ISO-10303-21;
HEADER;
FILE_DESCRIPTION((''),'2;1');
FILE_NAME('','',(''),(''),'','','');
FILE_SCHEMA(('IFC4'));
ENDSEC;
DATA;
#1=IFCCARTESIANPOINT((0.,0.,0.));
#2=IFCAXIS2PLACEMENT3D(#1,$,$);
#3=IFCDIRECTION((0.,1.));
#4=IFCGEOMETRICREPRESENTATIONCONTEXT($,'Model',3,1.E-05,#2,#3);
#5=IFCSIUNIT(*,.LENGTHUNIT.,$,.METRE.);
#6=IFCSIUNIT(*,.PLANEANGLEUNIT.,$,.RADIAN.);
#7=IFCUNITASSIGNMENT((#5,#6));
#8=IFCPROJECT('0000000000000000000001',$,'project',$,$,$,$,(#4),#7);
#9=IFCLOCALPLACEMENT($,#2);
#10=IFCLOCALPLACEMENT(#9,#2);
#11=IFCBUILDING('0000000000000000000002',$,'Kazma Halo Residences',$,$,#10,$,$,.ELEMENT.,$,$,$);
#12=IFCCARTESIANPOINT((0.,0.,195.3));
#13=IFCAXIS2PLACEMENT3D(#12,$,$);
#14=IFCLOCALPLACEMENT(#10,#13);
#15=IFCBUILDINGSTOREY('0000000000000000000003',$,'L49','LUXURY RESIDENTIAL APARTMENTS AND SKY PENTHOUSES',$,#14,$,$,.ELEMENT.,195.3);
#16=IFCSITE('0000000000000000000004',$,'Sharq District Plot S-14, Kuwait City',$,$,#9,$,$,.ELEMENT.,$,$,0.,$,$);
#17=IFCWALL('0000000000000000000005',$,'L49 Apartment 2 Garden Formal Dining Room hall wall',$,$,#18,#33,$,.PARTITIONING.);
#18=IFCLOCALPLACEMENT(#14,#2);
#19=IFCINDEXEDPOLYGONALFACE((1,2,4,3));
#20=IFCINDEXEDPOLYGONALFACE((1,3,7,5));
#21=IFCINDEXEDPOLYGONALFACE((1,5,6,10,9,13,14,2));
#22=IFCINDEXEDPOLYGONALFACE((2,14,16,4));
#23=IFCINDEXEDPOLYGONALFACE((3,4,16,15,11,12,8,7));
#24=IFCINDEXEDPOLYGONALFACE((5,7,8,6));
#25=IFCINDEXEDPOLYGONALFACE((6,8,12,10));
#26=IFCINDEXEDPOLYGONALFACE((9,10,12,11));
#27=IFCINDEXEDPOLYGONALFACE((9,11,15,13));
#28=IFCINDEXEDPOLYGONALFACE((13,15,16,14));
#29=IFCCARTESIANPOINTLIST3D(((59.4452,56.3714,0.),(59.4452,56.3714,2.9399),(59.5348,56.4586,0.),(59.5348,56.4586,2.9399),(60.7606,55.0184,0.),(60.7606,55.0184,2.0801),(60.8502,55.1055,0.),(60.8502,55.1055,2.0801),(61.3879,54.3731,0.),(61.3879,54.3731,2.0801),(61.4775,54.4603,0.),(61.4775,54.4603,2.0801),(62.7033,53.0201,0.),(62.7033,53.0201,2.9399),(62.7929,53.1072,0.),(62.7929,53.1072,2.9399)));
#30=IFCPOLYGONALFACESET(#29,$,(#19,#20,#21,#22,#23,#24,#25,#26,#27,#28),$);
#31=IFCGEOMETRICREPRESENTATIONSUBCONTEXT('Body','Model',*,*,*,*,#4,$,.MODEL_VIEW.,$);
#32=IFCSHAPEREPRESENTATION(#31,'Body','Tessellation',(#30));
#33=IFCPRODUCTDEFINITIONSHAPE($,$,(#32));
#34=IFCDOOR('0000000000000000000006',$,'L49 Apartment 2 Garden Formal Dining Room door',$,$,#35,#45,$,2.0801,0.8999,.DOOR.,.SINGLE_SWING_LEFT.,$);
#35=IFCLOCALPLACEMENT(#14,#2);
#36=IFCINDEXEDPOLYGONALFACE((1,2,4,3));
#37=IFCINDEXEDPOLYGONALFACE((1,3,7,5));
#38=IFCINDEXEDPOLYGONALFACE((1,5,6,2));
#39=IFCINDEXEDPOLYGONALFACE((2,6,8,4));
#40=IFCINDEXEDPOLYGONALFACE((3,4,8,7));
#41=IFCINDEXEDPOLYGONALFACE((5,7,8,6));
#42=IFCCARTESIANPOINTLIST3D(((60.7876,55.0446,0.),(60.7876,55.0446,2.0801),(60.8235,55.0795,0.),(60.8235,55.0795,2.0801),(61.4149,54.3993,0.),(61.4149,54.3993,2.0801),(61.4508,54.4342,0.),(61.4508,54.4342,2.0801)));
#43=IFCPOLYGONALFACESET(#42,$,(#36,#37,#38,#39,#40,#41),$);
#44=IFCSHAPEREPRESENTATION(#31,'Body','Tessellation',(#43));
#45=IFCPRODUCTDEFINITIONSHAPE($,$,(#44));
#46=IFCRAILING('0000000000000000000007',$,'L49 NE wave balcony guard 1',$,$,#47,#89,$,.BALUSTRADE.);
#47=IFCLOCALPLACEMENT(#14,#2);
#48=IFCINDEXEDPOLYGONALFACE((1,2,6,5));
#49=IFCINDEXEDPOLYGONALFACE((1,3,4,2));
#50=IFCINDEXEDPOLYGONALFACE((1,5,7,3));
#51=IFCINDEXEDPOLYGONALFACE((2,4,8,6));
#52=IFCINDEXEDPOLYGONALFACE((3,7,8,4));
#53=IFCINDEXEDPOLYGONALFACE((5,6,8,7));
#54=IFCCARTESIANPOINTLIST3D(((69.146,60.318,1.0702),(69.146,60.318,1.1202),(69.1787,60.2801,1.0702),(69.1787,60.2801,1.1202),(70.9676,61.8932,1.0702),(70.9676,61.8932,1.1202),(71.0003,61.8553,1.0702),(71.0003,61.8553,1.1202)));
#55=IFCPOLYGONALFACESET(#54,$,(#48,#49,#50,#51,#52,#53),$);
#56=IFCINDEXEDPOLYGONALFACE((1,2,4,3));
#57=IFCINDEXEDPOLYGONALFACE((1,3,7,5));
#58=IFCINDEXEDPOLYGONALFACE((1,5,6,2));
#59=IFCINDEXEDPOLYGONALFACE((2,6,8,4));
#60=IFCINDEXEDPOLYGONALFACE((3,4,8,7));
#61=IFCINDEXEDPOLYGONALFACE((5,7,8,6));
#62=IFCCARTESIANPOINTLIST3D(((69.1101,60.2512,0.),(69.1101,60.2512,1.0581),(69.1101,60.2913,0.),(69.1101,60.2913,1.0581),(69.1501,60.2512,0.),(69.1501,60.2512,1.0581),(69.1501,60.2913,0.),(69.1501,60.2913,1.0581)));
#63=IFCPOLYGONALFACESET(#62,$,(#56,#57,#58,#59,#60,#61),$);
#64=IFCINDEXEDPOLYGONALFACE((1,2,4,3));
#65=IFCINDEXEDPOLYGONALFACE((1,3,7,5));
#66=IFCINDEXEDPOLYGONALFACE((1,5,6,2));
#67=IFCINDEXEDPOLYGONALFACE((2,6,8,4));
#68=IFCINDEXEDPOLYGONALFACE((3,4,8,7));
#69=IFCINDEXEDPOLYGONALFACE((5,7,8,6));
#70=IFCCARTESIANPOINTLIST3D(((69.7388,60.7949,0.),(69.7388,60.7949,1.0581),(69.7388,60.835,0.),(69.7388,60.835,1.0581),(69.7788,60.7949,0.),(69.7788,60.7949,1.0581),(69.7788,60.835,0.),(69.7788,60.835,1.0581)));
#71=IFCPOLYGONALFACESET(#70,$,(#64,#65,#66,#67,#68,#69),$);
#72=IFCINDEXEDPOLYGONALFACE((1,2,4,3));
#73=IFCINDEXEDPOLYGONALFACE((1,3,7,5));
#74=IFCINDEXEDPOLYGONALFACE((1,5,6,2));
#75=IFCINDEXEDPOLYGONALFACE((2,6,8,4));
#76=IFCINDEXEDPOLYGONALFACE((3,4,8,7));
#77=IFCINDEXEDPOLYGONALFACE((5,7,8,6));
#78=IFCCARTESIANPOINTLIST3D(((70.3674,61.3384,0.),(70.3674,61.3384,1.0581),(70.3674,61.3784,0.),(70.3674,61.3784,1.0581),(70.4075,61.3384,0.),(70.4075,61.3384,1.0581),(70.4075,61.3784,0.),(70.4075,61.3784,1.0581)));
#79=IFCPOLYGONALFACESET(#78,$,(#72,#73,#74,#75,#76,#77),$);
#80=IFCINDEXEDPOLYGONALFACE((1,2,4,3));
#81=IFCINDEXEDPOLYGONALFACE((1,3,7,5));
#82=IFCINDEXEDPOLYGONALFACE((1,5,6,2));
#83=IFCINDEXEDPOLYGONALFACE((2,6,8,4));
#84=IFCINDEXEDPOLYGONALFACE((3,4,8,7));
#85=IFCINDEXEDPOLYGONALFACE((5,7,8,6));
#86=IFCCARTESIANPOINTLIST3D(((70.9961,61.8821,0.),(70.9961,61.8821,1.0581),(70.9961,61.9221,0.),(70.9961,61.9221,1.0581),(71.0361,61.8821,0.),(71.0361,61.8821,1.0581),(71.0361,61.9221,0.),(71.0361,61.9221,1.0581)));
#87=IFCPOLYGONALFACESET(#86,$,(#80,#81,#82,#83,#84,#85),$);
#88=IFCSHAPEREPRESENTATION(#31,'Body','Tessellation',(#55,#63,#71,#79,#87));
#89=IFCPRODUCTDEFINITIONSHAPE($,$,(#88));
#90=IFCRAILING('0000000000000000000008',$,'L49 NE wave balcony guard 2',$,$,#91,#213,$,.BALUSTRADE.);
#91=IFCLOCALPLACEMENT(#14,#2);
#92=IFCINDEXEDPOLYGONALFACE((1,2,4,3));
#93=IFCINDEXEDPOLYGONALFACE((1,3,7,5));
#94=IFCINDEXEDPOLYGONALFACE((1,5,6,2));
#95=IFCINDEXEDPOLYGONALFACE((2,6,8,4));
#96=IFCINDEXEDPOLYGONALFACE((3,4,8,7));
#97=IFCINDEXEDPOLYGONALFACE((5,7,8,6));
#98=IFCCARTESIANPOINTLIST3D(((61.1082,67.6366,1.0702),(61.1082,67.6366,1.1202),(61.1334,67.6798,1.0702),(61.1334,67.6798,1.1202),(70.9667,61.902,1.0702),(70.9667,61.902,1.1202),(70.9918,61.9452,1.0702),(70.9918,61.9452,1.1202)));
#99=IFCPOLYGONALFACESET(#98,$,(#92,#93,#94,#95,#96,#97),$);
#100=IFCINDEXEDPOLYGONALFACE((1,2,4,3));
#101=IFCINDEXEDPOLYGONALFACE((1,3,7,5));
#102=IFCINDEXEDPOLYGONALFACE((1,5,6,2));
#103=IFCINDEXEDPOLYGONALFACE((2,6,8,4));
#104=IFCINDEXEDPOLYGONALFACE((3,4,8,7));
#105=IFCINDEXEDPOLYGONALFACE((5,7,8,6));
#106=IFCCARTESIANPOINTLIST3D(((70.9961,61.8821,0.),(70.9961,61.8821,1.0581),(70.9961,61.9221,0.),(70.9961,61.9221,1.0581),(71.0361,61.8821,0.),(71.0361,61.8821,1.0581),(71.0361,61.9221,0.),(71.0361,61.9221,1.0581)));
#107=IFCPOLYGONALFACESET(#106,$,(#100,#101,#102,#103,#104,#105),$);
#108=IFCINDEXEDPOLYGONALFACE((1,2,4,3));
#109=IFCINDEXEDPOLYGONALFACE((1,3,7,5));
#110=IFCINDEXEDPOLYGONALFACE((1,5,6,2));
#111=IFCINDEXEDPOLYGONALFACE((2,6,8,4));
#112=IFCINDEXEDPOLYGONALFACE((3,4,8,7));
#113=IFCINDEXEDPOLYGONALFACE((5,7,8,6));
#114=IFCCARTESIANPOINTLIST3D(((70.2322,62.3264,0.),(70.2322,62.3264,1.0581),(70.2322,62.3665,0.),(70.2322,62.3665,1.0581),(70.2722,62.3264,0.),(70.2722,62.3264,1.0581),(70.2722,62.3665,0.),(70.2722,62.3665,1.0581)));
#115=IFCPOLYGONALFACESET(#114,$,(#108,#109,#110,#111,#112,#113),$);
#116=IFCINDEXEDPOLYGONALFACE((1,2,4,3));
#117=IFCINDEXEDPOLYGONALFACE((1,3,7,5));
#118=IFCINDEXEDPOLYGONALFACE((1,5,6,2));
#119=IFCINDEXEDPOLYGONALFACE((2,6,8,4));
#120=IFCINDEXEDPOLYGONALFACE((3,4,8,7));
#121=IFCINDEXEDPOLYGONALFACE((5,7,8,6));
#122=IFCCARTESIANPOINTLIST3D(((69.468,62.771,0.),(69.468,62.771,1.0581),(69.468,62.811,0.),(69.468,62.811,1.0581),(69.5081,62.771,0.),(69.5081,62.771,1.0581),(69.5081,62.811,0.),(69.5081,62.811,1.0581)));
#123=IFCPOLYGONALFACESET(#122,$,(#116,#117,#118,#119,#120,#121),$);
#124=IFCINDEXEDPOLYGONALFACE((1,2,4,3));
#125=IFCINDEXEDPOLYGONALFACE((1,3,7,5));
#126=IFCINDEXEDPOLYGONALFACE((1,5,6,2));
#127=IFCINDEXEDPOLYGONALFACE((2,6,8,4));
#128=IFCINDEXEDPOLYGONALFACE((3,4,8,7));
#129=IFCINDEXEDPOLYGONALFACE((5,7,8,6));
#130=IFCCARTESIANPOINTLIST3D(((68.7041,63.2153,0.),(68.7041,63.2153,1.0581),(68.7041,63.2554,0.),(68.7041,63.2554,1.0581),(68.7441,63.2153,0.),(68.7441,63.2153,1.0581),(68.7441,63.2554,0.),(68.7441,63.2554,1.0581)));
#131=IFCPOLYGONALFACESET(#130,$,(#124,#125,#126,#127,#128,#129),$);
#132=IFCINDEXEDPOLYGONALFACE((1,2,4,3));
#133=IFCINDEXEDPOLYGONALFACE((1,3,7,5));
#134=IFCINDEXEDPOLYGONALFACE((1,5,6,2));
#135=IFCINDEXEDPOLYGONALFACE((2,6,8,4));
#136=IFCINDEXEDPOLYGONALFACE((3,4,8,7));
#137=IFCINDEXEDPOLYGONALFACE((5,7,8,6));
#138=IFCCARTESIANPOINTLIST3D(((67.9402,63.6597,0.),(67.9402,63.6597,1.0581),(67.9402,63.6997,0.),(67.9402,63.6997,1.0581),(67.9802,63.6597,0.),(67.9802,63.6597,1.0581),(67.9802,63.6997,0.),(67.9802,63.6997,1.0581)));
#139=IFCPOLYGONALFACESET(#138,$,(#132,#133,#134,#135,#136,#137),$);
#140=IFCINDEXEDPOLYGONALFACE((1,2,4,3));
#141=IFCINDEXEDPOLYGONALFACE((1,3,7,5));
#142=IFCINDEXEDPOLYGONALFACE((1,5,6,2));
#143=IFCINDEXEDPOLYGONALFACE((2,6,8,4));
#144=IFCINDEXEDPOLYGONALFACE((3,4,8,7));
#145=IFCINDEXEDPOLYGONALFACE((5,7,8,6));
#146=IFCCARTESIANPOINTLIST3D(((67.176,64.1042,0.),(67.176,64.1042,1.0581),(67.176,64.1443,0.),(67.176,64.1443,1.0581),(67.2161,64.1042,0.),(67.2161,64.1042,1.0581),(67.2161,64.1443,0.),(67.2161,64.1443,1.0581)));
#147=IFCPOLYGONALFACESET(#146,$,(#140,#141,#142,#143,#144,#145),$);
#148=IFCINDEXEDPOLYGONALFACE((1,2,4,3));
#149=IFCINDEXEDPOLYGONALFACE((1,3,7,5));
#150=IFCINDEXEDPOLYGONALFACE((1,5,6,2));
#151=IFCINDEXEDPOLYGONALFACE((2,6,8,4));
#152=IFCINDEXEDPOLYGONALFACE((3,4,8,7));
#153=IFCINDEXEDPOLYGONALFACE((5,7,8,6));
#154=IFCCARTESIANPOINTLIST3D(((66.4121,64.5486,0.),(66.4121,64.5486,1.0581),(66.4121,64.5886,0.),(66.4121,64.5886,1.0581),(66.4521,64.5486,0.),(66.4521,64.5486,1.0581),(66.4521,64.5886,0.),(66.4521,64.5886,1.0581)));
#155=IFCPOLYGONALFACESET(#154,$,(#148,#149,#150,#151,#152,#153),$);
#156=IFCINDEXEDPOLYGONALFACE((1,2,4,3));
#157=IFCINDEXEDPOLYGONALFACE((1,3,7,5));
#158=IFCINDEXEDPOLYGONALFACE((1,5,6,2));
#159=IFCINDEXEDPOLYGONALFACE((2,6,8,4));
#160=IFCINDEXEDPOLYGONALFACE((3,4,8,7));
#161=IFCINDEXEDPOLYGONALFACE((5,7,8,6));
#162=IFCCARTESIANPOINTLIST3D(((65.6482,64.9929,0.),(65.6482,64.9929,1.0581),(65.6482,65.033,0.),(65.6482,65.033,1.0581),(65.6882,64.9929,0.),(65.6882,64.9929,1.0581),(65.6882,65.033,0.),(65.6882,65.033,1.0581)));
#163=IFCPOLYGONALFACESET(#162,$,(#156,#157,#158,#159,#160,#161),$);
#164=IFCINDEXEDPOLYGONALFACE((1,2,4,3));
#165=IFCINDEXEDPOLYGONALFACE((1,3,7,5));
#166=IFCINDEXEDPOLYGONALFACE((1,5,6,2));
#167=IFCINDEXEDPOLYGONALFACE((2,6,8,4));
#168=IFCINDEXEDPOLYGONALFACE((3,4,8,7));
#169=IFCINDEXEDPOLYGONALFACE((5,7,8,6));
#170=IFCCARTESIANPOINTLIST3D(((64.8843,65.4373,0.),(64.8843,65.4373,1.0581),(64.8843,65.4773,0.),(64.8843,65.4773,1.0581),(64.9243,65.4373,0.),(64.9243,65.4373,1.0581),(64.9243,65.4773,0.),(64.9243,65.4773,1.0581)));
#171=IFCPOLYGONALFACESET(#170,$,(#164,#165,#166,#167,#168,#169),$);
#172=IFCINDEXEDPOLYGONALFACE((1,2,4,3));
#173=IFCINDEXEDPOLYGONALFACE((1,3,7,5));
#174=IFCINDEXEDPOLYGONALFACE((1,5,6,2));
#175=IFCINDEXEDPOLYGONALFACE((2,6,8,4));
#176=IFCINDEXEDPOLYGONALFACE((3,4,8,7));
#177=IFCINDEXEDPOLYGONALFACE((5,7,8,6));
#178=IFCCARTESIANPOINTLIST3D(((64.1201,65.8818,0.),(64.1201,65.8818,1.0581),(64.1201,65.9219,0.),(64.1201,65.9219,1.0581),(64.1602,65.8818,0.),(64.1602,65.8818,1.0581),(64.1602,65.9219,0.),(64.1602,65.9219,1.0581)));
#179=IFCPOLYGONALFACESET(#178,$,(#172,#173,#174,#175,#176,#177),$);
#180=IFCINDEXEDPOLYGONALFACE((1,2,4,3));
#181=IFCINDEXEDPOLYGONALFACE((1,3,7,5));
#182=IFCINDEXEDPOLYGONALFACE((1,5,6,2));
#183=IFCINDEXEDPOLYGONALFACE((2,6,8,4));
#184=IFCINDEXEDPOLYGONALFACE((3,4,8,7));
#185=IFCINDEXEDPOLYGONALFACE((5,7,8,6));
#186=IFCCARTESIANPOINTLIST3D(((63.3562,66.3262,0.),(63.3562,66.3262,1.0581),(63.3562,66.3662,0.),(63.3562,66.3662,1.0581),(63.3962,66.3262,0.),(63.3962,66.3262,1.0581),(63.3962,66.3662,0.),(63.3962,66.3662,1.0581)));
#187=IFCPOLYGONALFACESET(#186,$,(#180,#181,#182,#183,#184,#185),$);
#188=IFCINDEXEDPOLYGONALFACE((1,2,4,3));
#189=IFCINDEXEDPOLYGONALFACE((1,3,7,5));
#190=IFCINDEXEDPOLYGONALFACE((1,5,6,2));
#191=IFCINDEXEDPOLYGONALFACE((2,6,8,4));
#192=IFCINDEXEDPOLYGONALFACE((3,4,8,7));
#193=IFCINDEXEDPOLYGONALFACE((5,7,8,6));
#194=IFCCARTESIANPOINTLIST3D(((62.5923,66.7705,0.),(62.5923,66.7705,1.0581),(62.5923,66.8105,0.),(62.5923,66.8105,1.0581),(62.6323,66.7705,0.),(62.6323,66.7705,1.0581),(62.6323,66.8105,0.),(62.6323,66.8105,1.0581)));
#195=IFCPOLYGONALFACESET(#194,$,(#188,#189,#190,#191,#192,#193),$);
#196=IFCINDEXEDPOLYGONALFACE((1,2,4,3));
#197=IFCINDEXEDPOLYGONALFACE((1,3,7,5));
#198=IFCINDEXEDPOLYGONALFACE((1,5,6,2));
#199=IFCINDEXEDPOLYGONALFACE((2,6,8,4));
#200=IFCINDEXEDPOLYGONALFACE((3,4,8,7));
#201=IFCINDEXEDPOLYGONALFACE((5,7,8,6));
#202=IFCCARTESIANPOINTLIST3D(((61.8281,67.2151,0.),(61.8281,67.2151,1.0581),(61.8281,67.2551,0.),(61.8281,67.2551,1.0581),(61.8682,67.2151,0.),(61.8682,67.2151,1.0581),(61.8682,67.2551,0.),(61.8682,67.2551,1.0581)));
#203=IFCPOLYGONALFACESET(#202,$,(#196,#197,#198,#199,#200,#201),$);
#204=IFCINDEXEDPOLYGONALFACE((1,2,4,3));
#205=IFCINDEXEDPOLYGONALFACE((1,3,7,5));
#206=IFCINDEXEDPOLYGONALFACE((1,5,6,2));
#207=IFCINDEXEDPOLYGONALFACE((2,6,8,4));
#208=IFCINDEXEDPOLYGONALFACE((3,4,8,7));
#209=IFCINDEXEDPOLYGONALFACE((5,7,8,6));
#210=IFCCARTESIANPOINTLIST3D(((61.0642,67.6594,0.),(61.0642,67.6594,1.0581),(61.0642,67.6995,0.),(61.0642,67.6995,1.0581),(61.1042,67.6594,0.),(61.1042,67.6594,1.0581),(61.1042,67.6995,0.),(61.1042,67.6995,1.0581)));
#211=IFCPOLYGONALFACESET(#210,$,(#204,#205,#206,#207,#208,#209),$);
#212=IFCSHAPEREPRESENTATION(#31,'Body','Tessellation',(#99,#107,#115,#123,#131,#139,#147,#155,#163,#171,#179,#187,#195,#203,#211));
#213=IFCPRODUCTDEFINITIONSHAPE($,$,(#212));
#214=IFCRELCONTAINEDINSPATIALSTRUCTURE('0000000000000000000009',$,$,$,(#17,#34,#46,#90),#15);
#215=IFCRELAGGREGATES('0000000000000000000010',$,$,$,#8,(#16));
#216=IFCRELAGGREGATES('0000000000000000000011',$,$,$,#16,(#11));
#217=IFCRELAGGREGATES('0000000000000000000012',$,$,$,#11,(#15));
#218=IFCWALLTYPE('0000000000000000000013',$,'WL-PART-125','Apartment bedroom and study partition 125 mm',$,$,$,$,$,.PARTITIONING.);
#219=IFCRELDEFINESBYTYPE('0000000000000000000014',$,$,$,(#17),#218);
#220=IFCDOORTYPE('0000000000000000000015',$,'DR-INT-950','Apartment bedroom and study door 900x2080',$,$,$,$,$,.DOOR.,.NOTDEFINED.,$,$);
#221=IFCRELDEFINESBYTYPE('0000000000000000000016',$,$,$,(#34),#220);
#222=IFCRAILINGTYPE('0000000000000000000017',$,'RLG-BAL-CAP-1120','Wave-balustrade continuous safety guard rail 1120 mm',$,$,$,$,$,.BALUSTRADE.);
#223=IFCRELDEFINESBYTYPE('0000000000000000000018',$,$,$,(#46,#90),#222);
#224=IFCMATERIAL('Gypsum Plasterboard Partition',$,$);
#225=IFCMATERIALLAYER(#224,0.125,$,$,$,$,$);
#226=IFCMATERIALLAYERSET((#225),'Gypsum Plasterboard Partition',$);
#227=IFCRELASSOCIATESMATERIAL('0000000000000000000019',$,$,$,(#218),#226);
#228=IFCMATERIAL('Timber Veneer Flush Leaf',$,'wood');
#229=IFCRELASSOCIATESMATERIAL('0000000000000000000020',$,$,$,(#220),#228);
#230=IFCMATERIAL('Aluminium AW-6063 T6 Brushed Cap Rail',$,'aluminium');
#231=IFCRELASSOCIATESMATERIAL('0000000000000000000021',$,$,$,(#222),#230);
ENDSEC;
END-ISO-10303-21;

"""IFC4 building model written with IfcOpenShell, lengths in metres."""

from ifc_helpers import new_model, si_unit, direction, frame, frame_2d, origin, origin_2d, place, context, subcontext, project, spatial, rectangle, extrude, material, layer, layer_set, type_object, element, fill, save


model = new_model("IFC4")

# Units and contexts
model_context = context("Model", 3, precision=1e-05, world=origin(), true_north=direction((0.0, 1.0)))
body_context = subcontext(model_context, "Body", "Model", "MODEL_VIEW")
ifc_project = project(units=[si_unit("LENGTHUNIT", "METRE"), si_unit("PLANEANGLEUNIT", "RADIAN")], contexts=[model_context])

# Site, building, storey
site_placement = place(None, origin())
site = spatial("IfcSite", under=ifc_project, at=site_placement, Name="Sharq District Plot S-14, Kuwait City", CompositionType="ELEMENT", RefElevation=0.0)
building_placement = place(site_placement, origin())
building = spatial("IfcBuilding", under=site, at=building_placement, Name="Kazma Halo Residences", CompositionType="ELEMENT")
storey_placement = place(building_placement, frame((0.0, 0.0, 195.3)))
storey = spatial("IfcBuildingStorey", under=building, at=storey_placement, Name="L49", Description="LUXURY RESIDENTIAL APARTMENTS AND SKY PENTHOUSES", CompositionType="ELEMENT", Elevation=195.3)

# Wall, opening, door
ifc_material_1 = material(Name="Gypsum Plasterboard Partition")
ifc_layer_1 = layer(ifc_material_1, 0.125)
ifc_layer_set_1 = layer_set([ifc_layer_1], Name="Gypsum Plasterboard Partition")
wall_type_1 = type_object("IfcWallType", Name="WL-PART-125", Description="Apartment bedroom and study partition 125 mm", PredefinedType="PARTITIONING", material=ifc_layer_set_1)
wall_1_placement = place(storey_placement, frame((62.748, 53.0637, 0.0), z_axis=(0.0, 0.0, 1.0), x_axis=(-0.69706, 0.717013, 0.0)))
wall_1 = element("IfcWall", 1, at=wall_1_placement, inside=storey, type_object=wall_type_1, Name="L49 Apartment 2 Garden Formal Dining Room hall wall", PredefinedType="PARTITIONING", context=body_context, shape_type="SweptSolid", body=[
    extrude(rectangle(XDim=4.6741, YDim=0.125, at=frame_2d((2.3369, 0.0))), origin(), (0.0, 0.0, 1.0), 2.9399),
])
opening_1_placement = place(wall_1_placement, frame((1.887, 0.0, 0.0)))
opening_1 = element("IfcOpeningElement", 2, at=opening_1_placement, cuts=wall_1, PredefinedType="OPENING", context=body_context, shape_type="SweptSolid", body=[
    extrude(rectangle(XDim=0.8999, YDim=2.0801, at=frame_2d((0.45, 1.04))), frame((0.0, 0.0725, 0.0), z_axis=(0.0, -1.0, 0.0), x_axis=(1.0, 0.0, 0.0)), (0.0, 0.0, 1.0), 0.145),
])
ifc_material_2 = material(Name="Timber Veneer Flush Leaf", Category="wood")
door_type_1 = type_object("IfcDoorType", Name="DR-INT-950", Description="Apartment bedroom and study door 900x2080", OperationType="NOTDEFINED", PredefinedType="DOOR", material=ifc_material_2)
door_1_placement = place(opening_1_placement, origin())
door_1 = element("IfcDoor", 3, at=door_1_placement, inside=storey, type_object=door_type_1, Name="L49 Apartment 2 Garden Formal Dining Room door", OperationType="SINGLE_SWING_LEFT", OverallHeight=2.0801, OverallWidth=0.8999, PredefinedType="DOOR", context=body_context, shape_type="SweptSolid", body=[
    extrude(rectangle(XDim=0.8999, YDim=2.0801, at=frame_2d((0.45, 1.04))), frame((0.0, 0.0249, 0.0), z_axis=(0.0, -1.0, 0.0), x_axis=(1.0, 0.0, 0.0)), (0.0, 0.0, 1.0), 0.05),
])
fill(opening_1, door_1)

# Railings
ifc_material_3 = material(Name="Aluminium AW-6063 T6 Brushed Cap Rail", Category="aluminium")
railing_type = type_object("IfcRailingType", Name="RLG-BAL-CAP-1120", Description="Wave-balustrade continuous safety guard rail 1120 mm", PredefinedType="BALUSTRADE", material=ifc_material_3)
railing_1_placement = place(storey_placement, frame((69.1301, 60.2712, 0.0)))
element("IfcRailing", 4, at=railing_1_placement, inside=storey, type_object=railing_type, Name="L49 NE wave balcony guard 1", PredefinedType="BALUSTRADE", context=body_context, shape_type="SweptSolid", body=[
    extrude(rectangle(XDim=0.05, YDim=0.05, at=origin_2d()), frame((0.0322, 0.0278, 1.0952), z_axis=(0.756416, 0.654091, 0.0), x_axis=(-0.654091, 0.756416, 0.0)), (0.0, 0.0, 1.0), 2.4082),
    extrude(rectangle(XDim=0.04, YDim=0.04, at=origin_2d()), origin(), (0.0, 0.0, 1.0), 1.0581),
    extrude(rectangle(XDim=0.04, YDim=0.04, at=origin_2d()), frame((0.6287, 0.5437, 0.0)), (0.0, 0.0, 1.0), 1.0581),
    extrude(rectangle(XDim=0.04, YDim=0.04, at=origin_2d()), frame((1.2573, 1.0872, 0.0)), (0.0, 0.0, 1.0), 1.0581),
    extrude(rectangle(XDim=0.04, YDim=0.04, at=origin_2d()), frame((1.886, 1.6309, 0.0)), (0.0, 0.0, 1.0), 1.0581),
])
railing_2_placement = place(storey_placement, frame((71.0161, 61.9021, 0.0)))
element("IfcRailing", 5, at=railing_2_placement, inside=storey, type_object=railing_type, Name="L49 NE wave balcony guard 2", PredefinedType="BALUSTRADE", context=body_context, shape_type="SweptSolid", body=[
    extrude(rectangle(XDim=0.05, YDim=0.05, at=origin_2d()), frame((-0.0369, 0.0215, 1.0952), z_axis=(-0.864394, 0.502815, 0.0), x_axis=(-0.502815, -0.864394, 0.0)), (0.0, 0.0, 1.0), 11.405),
    extrude(rectangle(XDim=0.04, YDim=0.04, at=origin_2d()), origin(), (0.0, 0.0, 1.0), 1.0581),
    extrude(rectangle(XDim=0.04, YDim=0.04, at=origin_2d()), frame((-0.7639, 0.4443, 0.0)), (0.0, 0.0, 1.0), 1.0581),
    extrude(rectangle(XDim=0.04, YDim=0.04, at=origin_2d()), frame((-1.5281, 0.8889, 0.0)), (0.0, 0.0, 1.0), 1.0581),
    extrude(rectangle(XDim=0.04, YDim=0.04, at=origin_2d()), frame((-2.292, 1.3333, 0.0)), (0.0, 0.0, 1.0), 1.0581),
    extrude(rectangle(XDim=0.04, YDim=0.04, at=origin_2d()), frame((-3.0559, 1.7776, 0.0)), (0.0, 0.0, 1.0), 1.0581),
    extrude(rectangle(XDim=0.04, YDim=0.04, at=origin_2d()), frame((-3.8201, 2.2222, 0.0)), (0.0, 0.0, 1.0), 1.0581),
    extrude(rectangle(XDim=0.04, YDim=0.04, at=origin_2d()), frame((-4.584, 2.6665, 0.0)), (0.0, 0.0, 1.0), 1.0581),
    extrude(rectangle(XDim=0.04, YDim=0.04, at=origin_2d()), frame((-5.3479, 3.1108, 0.0)), (0.0, 0.0, 1.0), 1.0581),
    extrude(rectangle(XDim=0.04, YDim=0.04, at=origin_2d()), frame((-6.1118, 3.5552, 0.0)), (0.0, 0.0, 1.0), 1.0581),
    extrude(rectangle(XDim=0.04, YDim=0.04, at=origin_2d()), frame((-6.876, 3.9998, 0.0)), (0.0, 0.0, 1.0), 1.0581),
    extrude(rectangle(XDim=0.04, YDim=0.04, at=origin_2d()), frame((-7.6399, 4.4441, 0.0)), (0.0, 0.0, 1.0), 1.0581),
    extrude(rectangle(XDim=0.04, YDim=0.04, at=origin_2d()), frame((-8.4038, 4.8884, 0.0)), (0.0, 0.0, 1.0), 1.0581),
    extrude(rectangle(XDim=0.04, YDim=0.04, at=origin_2d()), frame((-9.168, 5.333, 0.0)), (0.0, 0.0, 1.0), 1.0581),
    extrude(rectangle(XDim=0.04, YDim=0.04, at=origin_2d()), frame((-9.9319, 5.7773, 0.0)), (0.0, 0.0, 1.0), 1.0581),
])

save(model, "model.ifc")
